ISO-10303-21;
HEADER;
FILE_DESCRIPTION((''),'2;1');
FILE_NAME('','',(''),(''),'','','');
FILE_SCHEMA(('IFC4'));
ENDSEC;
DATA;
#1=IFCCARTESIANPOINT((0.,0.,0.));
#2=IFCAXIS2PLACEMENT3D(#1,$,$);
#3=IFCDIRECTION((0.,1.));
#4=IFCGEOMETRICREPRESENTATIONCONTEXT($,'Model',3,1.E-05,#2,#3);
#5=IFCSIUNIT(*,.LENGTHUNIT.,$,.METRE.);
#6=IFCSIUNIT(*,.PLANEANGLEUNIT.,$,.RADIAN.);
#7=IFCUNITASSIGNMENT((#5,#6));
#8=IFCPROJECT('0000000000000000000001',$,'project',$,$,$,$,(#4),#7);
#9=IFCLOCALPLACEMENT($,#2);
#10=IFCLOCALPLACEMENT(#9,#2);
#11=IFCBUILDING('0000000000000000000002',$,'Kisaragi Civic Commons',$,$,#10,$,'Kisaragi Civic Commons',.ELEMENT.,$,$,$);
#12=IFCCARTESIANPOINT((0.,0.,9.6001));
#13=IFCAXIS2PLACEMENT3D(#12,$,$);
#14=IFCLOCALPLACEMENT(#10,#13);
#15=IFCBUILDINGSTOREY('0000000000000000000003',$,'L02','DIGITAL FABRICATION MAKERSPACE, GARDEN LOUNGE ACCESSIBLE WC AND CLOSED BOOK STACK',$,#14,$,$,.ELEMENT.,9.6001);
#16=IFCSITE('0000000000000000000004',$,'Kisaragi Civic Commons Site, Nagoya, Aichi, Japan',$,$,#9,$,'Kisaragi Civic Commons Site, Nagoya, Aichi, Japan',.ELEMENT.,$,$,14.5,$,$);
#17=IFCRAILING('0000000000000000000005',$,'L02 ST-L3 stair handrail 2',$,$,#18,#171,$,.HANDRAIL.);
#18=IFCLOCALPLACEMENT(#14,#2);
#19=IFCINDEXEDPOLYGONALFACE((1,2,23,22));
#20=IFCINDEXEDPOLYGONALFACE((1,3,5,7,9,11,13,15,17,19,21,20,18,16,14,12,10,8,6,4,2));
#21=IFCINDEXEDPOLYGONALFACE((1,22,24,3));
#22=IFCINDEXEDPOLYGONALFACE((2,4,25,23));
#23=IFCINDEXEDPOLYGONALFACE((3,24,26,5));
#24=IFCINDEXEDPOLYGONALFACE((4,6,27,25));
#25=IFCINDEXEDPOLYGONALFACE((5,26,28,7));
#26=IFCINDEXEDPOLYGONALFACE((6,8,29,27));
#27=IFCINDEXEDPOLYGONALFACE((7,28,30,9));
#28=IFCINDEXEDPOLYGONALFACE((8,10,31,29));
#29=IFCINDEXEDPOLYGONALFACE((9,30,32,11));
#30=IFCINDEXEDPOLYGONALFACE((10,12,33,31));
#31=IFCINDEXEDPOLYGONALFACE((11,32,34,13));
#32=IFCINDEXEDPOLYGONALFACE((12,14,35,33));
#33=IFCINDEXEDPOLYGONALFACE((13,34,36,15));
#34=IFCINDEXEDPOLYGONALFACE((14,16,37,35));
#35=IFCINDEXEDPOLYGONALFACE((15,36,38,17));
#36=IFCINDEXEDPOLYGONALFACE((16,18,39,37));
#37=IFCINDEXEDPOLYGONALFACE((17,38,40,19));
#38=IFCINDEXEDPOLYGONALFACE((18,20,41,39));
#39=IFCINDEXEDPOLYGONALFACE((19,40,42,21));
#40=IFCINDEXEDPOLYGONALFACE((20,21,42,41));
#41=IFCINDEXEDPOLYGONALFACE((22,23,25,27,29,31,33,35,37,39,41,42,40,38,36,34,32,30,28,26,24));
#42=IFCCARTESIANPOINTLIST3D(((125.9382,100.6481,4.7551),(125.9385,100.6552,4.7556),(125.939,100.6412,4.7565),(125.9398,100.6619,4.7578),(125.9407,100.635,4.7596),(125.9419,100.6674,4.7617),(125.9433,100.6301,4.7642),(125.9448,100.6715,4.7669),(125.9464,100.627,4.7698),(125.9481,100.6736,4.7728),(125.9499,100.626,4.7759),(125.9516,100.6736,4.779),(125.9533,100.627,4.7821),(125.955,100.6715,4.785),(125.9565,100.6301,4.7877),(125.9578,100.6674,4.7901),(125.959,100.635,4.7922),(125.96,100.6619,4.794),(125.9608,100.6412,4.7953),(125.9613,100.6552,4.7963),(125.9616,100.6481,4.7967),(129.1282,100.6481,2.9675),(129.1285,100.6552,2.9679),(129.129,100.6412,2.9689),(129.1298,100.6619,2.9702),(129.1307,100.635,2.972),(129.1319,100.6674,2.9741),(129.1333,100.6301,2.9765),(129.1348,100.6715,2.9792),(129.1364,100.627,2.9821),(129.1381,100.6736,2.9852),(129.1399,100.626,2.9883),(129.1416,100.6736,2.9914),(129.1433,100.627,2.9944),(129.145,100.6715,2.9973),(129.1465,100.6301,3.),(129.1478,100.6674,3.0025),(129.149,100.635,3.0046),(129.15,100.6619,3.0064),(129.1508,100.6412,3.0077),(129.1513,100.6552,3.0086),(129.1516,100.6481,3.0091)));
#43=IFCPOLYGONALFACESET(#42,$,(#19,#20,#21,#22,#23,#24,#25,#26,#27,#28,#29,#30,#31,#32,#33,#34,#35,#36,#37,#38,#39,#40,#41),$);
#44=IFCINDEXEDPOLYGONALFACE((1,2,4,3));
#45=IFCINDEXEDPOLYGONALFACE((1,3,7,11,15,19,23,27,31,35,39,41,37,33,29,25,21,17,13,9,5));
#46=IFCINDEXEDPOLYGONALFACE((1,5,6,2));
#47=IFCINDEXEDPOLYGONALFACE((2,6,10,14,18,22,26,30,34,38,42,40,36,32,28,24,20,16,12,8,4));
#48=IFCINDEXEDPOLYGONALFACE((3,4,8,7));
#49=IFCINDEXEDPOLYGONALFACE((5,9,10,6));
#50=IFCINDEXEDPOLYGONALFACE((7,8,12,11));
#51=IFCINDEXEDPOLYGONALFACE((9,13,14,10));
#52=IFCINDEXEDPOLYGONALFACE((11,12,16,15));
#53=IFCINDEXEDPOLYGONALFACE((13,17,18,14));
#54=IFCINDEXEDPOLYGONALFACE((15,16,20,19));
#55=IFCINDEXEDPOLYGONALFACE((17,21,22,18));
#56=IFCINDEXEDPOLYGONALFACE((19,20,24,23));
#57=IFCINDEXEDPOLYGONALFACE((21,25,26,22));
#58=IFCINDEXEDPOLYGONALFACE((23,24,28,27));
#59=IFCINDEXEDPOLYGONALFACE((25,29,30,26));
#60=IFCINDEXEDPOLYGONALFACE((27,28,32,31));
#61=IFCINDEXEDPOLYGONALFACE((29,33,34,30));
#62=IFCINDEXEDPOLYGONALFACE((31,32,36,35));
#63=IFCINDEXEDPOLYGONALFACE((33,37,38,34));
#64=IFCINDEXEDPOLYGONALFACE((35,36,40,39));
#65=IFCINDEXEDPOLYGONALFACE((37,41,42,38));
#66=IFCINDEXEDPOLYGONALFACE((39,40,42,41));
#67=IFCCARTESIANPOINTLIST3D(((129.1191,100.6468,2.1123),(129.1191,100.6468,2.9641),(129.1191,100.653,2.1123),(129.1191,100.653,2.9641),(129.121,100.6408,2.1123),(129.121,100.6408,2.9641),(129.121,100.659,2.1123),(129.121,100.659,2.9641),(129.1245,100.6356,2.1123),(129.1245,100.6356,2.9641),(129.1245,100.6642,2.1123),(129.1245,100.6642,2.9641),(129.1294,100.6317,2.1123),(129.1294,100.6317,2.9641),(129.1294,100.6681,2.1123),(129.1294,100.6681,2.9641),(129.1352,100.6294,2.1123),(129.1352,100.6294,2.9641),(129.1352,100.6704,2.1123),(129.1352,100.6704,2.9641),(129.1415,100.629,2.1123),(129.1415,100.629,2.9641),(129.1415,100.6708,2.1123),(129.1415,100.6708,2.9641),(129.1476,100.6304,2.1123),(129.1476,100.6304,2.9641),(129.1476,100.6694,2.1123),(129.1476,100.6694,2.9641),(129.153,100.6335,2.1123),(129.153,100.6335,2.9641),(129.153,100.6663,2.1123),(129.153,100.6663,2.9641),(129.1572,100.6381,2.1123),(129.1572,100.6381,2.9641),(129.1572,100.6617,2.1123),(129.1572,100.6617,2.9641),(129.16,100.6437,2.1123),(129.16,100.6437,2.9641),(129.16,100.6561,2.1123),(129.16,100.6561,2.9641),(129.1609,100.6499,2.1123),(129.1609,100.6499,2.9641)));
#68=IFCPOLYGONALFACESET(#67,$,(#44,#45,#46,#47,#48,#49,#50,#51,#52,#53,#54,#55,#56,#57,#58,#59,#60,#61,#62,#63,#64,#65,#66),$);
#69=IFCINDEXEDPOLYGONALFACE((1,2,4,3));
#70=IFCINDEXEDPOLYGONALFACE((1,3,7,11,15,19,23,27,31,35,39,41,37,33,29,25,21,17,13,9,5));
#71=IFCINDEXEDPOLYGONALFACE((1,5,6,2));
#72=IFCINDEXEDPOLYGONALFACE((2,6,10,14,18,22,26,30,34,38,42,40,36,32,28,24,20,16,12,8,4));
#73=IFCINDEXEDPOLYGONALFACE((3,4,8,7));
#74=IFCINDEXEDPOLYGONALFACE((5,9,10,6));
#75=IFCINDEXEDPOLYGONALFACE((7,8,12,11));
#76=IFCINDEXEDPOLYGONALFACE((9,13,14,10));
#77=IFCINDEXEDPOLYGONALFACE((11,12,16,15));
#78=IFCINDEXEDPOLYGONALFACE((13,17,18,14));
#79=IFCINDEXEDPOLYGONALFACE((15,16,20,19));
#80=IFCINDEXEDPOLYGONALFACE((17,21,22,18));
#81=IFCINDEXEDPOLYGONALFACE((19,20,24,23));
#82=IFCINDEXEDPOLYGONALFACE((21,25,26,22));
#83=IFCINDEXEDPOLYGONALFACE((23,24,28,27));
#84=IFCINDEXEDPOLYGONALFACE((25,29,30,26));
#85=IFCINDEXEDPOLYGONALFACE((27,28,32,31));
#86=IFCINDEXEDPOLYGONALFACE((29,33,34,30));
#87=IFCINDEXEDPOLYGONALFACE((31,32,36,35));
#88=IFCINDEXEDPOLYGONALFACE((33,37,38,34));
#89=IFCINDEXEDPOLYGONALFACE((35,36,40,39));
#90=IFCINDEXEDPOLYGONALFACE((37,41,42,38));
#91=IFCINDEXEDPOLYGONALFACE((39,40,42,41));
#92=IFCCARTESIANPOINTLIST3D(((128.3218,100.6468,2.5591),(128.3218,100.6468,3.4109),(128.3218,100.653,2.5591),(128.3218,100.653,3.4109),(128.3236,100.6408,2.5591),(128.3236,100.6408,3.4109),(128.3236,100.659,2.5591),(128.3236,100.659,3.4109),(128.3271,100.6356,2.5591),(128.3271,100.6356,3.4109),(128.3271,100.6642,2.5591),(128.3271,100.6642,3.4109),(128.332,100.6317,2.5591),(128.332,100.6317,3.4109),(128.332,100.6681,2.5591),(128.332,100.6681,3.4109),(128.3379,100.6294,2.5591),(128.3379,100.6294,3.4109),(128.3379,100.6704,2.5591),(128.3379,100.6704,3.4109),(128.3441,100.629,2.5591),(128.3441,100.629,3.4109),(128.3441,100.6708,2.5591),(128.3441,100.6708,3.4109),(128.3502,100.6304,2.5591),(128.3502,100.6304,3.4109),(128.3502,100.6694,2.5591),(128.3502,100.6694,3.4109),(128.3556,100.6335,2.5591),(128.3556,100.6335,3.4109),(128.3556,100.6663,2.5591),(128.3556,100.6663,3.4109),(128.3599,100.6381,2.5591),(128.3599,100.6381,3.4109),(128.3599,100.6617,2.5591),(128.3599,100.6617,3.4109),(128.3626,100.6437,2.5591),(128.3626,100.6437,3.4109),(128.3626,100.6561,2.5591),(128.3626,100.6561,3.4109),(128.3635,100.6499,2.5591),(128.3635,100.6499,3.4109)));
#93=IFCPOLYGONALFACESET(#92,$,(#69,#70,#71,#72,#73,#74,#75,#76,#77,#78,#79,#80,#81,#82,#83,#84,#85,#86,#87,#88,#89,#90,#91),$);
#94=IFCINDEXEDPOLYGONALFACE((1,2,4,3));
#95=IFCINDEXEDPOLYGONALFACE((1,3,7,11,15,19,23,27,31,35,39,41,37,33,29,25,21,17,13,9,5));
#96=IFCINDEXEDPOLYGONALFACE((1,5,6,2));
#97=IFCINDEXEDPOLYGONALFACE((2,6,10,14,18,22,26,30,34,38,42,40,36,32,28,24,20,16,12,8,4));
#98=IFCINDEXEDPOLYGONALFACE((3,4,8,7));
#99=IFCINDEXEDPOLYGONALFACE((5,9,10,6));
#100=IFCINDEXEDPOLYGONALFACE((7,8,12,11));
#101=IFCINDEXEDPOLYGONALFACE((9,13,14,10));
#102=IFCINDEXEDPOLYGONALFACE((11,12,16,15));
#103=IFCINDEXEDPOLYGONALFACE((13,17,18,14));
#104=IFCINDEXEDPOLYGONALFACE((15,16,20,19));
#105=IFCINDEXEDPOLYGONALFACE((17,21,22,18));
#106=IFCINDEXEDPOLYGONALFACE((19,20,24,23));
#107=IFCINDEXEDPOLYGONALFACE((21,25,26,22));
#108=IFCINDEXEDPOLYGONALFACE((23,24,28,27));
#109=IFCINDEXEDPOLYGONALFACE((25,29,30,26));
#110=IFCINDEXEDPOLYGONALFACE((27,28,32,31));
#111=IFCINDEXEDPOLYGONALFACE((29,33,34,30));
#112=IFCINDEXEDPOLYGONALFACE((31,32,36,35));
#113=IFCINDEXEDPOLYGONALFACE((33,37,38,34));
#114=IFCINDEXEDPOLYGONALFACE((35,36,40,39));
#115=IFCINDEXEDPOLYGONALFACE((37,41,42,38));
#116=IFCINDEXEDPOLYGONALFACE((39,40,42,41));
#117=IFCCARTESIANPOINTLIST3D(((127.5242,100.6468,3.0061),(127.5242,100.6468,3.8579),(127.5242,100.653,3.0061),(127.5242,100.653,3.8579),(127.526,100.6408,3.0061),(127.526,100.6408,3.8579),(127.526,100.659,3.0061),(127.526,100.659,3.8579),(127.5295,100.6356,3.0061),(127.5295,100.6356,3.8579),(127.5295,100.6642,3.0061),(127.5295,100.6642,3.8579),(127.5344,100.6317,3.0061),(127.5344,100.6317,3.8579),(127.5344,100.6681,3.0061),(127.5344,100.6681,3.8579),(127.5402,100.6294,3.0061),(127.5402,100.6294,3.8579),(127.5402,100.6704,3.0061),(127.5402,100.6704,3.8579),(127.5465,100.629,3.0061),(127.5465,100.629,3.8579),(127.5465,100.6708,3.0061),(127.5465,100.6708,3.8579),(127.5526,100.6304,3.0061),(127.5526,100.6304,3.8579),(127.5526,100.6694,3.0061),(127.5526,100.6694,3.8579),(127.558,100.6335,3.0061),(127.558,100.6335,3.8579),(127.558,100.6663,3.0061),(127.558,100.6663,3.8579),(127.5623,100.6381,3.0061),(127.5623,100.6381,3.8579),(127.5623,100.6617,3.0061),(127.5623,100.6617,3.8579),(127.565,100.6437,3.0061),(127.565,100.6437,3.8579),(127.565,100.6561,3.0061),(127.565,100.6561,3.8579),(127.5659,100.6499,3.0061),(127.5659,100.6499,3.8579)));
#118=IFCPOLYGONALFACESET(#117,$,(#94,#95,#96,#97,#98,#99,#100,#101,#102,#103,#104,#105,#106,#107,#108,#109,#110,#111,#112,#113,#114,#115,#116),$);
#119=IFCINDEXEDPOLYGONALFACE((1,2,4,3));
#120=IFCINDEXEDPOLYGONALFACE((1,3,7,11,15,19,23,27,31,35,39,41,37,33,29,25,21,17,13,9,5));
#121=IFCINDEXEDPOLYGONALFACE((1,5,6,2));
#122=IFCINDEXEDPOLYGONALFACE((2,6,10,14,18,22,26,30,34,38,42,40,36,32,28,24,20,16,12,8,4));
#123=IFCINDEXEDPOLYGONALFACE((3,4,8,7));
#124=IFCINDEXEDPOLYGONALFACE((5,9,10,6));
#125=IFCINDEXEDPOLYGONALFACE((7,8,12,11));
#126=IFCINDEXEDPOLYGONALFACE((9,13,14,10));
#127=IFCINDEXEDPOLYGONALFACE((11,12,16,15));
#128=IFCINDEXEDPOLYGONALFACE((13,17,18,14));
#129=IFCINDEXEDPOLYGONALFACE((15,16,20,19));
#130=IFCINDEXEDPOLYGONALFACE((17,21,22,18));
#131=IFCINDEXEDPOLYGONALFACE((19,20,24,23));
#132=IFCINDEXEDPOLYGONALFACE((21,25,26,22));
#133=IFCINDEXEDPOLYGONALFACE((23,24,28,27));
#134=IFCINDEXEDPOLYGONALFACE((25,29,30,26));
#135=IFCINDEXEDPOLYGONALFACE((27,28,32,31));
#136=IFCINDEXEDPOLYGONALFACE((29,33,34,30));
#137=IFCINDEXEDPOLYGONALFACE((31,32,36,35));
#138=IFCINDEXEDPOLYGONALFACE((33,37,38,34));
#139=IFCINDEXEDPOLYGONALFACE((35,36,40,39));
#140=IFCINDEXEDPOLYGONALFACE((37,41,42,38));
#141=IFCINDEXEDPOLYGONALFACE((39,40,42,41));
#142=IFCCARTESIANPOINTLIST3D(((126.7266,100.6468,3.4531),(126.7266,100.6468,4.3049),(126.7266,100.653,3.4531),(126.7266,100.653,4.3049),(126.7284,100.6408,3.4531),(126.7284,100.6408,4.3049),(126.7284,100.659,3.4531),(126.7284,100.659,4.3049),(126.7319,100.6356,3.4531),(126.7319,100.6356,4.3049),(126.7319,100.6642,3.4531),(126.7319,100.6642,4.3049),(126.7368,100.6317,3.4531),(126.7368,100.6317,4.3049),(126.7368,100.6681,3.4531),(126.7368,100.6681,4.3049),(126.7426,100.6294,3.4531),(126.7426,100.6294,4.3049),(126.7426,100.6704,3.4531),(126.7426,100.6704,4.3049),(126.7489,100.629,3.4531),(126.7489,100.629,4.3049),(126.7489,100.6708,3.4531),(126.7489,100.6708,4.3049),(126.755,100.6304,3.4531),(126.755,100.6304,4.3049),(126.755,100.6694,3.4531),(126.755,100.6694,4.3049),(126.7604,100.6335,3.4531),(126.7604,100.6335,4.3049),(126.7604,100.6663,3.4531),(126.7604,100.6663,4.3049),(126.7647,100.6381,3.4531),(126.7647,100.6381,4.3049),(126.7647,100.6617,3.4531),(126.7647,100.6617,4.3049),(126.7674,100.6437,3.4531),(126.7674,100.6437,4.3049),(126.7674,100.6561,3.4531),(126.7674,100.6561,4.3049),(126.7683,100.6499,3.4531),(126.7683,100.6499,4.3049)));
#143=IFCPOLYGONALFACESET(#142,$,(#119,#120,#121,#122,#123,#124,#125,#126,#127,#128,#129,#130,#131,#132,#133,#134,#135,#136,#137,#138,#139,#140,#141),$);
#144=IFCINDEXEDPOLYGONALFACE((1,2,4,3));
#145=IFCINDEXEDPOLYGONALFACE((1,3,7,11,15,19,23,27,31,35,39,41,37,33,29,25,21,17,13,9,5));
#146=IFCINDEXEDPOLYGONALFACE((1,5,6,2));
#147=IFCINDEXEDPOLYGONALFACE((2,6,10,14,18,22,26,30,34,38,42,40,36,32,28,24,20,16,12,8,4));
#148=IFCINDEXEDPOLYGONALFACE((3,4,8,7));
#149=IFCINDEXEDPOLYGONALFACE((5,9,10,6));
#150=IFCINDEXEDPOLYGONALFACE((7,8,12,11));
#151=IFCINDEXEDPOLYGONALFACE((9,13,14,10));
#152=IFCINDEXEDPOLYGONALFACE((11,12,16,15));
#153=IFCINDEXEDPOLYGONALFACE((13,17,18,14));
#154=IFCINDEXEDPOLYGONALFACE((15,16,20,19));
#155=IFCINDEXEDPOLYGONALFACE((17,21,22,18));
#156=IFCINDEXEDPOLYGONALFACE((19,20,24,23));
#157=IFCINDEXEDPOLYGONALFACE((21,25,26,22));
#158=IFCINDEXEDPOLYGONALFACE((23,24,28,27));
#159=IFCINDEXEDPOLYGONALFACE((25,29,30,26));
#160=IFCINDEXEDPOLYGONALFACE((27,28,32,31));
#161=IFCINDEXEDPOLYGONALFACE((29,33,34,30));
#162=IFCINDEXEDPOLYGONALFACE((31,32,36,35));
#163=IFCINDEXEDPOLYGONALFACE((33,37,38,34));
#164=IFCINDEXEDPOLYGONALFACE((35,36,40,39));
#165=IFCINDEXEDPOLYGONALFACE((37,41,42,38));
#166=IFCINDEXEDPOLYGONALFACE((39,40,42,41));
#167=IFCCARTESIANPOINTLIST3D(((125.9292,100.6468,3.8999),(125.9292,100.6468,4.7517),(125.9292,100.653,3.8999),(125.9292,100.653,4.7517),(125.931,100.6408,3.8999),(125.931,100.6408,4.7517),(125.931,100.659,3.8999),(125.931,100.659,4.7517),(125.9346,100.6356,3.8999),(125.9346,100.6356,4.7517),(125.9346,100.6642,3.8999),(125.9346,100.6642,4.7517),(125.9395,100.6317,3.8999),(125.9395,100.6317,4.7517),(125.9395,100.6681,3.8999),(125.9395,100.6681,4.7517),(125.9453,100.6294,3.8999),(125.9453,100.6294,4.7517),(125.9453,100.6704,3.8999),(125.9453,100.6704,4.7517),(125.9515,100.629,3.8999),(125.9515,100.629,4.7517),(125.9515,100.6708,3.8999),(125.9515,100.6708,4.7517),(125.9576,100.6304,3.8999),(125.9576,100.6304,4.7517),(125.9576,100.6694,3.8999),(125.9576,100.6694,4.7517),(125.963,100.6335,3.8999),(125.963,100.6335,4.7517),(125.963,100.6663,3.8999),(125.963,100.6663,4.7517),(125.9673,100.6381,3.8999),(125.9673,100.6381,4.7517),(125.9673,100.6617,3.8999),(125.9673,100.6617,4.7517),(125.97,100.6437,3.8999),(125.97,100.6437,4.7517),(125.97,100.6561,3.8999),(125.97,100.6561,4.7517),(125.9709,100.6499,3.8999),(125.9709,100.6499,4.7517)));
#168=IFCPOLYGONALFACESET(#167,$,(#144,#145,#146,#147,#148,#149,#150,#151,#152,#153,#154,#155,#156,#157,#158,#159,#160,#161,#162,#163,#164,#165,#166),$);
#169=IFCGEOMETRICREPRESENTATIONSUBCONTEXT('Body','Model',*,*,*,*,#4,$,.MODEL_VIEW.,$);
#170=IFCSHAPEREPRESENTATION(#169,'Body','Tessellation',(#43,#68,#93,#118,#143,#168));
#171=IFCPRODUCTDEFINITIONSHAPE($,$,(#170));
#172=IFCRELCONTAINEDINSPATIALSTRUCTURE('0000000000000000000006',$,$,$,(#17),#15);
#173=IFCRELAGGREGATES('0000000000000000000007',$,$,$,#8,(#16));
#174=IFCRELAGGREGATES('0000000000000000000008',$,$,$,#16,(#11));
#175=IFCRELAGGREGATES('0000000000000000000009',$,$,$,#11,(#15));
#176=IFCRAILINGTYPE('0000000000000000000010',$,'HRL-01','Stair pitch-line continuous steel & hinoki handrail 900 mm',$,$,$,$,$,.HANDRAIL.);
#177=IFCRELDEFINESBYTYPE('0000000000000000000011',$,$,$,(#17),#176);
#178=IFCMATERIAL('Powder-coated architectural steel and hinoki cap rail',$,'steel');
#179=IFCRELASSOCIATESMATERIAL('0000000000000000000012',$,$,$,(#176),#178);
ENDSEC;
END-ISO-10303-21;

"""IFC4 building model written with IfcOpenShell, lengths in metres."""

from ifc_helpers import new_model, si_unit, direction, frame, origin, origin_2d, place, context, subcontext, project, spatial, circle, extrude, material, type_object, element, save


model = new_model("IFC4")

# Units and contexts
model_context = context("Model", 3, precision=1e-05, world=origin(), true_north=direction((0.0, 1.0)))
body_context = subcontext(model_context, "Body", "Model", "MODEL_VIEW")
ifc_project = project(units=[si_unit("LENGTHUNIT", "METRE"), si_unit("PLANEANGLEUNIT", "RADIAN")], contexts=[model_context])

# Site, building, storey
site_placement = place(None, origin())
site = spatial("IfcSite", under=ifc_project, at=site_placement, Name="Kisaragi Civic Commons Site, Nagoya, Aichi, Japan", LongName="Kisaragi Civic Commons Site, Nagoya, Aichi, Japan", CompositionType="ELEMENT", RefElevation=14.5)
building_placement = place(site_placement, origin())
building = spatial("IfcBuilding", under=site, at=building_placement, Name="Kisaragi Civic Commons", LongName="Kisaragi Civic Commons", CompositionType="ELEMENT")
storey_placement = place(building_placement, frame((0.0, 0.0, 9.6001)))
storey = spatial("IfcBuildingStorey", under=building, at=storey_placement, Name="L02", Description="DIGITAL FABRICATION MAKERSPACE, GARDEN LOUNGE ACCESSIBLE WC AND CLOSED BOOK STACK", CompositionType="ELEMENT", Elevation=9.6001)

# Railing
ifc_material_1 = material(Name="Powder-coated architectural steel and hinoki cap rail", Category="steel")
railing_type_1 = type_object("IfcRailingType", Name="HRL-01", Description="Stair pitch-line continuous steel & hinoki handrail 900 mm", PredefinedType="HANDRAIL", material=ifc_material_1)
railing_1_placement = place(storey_placement, frame((129.1399, 100.6499, 2.1123)))
element("IfcRailing", 1, at=railing_1_placement, inside=storey, type_object=railing_type_1, Name="L02 ST-L3 stair handrail 2", PredefinedType="HANDRAIL", context=body_context, shape_type="SweptSolid", body=[
    extrude(circle(Radius=0.0239, at=origin_2d()), frame((0.0, 0.0, 0.876), z_axis=(-0.872363, 0.0, 0.48886), x_axis=(0.0, -1.0, 0.0)), (0.0, 0.0, 1.0), 3.6567),
    extrude(circle(Radius=0.021, at=origin_2d()), origin(), (0.0, 0.0, 1.0), 0.8518),
    extrude(circle(Radius=0.021, at=origin_2d()), frame((-0.7974, 0.0, 0.4468)), (0.0, 0.0, 1.0), 0.8518),
    extrude(circle(Radius=0.021, at=origin_2d()), frame((-1.595, 0.0, 0.8938)), (0.0, 0.0, 1.0), 0.8518),
    extrude(circle(Radius=0.021, at=origin_2d()), frame((-2.3926, 0.0, 1.3408)), (0.0, 0.0, 1.0), 0.8518),
    extrude(circle(Radius=0.021, at=origin_2d()), frame((-3.1899, 0.0, 1.7876)), (0.0, 0.0, 1.0), 0.8518),
])

save(model, "model.ifc")
